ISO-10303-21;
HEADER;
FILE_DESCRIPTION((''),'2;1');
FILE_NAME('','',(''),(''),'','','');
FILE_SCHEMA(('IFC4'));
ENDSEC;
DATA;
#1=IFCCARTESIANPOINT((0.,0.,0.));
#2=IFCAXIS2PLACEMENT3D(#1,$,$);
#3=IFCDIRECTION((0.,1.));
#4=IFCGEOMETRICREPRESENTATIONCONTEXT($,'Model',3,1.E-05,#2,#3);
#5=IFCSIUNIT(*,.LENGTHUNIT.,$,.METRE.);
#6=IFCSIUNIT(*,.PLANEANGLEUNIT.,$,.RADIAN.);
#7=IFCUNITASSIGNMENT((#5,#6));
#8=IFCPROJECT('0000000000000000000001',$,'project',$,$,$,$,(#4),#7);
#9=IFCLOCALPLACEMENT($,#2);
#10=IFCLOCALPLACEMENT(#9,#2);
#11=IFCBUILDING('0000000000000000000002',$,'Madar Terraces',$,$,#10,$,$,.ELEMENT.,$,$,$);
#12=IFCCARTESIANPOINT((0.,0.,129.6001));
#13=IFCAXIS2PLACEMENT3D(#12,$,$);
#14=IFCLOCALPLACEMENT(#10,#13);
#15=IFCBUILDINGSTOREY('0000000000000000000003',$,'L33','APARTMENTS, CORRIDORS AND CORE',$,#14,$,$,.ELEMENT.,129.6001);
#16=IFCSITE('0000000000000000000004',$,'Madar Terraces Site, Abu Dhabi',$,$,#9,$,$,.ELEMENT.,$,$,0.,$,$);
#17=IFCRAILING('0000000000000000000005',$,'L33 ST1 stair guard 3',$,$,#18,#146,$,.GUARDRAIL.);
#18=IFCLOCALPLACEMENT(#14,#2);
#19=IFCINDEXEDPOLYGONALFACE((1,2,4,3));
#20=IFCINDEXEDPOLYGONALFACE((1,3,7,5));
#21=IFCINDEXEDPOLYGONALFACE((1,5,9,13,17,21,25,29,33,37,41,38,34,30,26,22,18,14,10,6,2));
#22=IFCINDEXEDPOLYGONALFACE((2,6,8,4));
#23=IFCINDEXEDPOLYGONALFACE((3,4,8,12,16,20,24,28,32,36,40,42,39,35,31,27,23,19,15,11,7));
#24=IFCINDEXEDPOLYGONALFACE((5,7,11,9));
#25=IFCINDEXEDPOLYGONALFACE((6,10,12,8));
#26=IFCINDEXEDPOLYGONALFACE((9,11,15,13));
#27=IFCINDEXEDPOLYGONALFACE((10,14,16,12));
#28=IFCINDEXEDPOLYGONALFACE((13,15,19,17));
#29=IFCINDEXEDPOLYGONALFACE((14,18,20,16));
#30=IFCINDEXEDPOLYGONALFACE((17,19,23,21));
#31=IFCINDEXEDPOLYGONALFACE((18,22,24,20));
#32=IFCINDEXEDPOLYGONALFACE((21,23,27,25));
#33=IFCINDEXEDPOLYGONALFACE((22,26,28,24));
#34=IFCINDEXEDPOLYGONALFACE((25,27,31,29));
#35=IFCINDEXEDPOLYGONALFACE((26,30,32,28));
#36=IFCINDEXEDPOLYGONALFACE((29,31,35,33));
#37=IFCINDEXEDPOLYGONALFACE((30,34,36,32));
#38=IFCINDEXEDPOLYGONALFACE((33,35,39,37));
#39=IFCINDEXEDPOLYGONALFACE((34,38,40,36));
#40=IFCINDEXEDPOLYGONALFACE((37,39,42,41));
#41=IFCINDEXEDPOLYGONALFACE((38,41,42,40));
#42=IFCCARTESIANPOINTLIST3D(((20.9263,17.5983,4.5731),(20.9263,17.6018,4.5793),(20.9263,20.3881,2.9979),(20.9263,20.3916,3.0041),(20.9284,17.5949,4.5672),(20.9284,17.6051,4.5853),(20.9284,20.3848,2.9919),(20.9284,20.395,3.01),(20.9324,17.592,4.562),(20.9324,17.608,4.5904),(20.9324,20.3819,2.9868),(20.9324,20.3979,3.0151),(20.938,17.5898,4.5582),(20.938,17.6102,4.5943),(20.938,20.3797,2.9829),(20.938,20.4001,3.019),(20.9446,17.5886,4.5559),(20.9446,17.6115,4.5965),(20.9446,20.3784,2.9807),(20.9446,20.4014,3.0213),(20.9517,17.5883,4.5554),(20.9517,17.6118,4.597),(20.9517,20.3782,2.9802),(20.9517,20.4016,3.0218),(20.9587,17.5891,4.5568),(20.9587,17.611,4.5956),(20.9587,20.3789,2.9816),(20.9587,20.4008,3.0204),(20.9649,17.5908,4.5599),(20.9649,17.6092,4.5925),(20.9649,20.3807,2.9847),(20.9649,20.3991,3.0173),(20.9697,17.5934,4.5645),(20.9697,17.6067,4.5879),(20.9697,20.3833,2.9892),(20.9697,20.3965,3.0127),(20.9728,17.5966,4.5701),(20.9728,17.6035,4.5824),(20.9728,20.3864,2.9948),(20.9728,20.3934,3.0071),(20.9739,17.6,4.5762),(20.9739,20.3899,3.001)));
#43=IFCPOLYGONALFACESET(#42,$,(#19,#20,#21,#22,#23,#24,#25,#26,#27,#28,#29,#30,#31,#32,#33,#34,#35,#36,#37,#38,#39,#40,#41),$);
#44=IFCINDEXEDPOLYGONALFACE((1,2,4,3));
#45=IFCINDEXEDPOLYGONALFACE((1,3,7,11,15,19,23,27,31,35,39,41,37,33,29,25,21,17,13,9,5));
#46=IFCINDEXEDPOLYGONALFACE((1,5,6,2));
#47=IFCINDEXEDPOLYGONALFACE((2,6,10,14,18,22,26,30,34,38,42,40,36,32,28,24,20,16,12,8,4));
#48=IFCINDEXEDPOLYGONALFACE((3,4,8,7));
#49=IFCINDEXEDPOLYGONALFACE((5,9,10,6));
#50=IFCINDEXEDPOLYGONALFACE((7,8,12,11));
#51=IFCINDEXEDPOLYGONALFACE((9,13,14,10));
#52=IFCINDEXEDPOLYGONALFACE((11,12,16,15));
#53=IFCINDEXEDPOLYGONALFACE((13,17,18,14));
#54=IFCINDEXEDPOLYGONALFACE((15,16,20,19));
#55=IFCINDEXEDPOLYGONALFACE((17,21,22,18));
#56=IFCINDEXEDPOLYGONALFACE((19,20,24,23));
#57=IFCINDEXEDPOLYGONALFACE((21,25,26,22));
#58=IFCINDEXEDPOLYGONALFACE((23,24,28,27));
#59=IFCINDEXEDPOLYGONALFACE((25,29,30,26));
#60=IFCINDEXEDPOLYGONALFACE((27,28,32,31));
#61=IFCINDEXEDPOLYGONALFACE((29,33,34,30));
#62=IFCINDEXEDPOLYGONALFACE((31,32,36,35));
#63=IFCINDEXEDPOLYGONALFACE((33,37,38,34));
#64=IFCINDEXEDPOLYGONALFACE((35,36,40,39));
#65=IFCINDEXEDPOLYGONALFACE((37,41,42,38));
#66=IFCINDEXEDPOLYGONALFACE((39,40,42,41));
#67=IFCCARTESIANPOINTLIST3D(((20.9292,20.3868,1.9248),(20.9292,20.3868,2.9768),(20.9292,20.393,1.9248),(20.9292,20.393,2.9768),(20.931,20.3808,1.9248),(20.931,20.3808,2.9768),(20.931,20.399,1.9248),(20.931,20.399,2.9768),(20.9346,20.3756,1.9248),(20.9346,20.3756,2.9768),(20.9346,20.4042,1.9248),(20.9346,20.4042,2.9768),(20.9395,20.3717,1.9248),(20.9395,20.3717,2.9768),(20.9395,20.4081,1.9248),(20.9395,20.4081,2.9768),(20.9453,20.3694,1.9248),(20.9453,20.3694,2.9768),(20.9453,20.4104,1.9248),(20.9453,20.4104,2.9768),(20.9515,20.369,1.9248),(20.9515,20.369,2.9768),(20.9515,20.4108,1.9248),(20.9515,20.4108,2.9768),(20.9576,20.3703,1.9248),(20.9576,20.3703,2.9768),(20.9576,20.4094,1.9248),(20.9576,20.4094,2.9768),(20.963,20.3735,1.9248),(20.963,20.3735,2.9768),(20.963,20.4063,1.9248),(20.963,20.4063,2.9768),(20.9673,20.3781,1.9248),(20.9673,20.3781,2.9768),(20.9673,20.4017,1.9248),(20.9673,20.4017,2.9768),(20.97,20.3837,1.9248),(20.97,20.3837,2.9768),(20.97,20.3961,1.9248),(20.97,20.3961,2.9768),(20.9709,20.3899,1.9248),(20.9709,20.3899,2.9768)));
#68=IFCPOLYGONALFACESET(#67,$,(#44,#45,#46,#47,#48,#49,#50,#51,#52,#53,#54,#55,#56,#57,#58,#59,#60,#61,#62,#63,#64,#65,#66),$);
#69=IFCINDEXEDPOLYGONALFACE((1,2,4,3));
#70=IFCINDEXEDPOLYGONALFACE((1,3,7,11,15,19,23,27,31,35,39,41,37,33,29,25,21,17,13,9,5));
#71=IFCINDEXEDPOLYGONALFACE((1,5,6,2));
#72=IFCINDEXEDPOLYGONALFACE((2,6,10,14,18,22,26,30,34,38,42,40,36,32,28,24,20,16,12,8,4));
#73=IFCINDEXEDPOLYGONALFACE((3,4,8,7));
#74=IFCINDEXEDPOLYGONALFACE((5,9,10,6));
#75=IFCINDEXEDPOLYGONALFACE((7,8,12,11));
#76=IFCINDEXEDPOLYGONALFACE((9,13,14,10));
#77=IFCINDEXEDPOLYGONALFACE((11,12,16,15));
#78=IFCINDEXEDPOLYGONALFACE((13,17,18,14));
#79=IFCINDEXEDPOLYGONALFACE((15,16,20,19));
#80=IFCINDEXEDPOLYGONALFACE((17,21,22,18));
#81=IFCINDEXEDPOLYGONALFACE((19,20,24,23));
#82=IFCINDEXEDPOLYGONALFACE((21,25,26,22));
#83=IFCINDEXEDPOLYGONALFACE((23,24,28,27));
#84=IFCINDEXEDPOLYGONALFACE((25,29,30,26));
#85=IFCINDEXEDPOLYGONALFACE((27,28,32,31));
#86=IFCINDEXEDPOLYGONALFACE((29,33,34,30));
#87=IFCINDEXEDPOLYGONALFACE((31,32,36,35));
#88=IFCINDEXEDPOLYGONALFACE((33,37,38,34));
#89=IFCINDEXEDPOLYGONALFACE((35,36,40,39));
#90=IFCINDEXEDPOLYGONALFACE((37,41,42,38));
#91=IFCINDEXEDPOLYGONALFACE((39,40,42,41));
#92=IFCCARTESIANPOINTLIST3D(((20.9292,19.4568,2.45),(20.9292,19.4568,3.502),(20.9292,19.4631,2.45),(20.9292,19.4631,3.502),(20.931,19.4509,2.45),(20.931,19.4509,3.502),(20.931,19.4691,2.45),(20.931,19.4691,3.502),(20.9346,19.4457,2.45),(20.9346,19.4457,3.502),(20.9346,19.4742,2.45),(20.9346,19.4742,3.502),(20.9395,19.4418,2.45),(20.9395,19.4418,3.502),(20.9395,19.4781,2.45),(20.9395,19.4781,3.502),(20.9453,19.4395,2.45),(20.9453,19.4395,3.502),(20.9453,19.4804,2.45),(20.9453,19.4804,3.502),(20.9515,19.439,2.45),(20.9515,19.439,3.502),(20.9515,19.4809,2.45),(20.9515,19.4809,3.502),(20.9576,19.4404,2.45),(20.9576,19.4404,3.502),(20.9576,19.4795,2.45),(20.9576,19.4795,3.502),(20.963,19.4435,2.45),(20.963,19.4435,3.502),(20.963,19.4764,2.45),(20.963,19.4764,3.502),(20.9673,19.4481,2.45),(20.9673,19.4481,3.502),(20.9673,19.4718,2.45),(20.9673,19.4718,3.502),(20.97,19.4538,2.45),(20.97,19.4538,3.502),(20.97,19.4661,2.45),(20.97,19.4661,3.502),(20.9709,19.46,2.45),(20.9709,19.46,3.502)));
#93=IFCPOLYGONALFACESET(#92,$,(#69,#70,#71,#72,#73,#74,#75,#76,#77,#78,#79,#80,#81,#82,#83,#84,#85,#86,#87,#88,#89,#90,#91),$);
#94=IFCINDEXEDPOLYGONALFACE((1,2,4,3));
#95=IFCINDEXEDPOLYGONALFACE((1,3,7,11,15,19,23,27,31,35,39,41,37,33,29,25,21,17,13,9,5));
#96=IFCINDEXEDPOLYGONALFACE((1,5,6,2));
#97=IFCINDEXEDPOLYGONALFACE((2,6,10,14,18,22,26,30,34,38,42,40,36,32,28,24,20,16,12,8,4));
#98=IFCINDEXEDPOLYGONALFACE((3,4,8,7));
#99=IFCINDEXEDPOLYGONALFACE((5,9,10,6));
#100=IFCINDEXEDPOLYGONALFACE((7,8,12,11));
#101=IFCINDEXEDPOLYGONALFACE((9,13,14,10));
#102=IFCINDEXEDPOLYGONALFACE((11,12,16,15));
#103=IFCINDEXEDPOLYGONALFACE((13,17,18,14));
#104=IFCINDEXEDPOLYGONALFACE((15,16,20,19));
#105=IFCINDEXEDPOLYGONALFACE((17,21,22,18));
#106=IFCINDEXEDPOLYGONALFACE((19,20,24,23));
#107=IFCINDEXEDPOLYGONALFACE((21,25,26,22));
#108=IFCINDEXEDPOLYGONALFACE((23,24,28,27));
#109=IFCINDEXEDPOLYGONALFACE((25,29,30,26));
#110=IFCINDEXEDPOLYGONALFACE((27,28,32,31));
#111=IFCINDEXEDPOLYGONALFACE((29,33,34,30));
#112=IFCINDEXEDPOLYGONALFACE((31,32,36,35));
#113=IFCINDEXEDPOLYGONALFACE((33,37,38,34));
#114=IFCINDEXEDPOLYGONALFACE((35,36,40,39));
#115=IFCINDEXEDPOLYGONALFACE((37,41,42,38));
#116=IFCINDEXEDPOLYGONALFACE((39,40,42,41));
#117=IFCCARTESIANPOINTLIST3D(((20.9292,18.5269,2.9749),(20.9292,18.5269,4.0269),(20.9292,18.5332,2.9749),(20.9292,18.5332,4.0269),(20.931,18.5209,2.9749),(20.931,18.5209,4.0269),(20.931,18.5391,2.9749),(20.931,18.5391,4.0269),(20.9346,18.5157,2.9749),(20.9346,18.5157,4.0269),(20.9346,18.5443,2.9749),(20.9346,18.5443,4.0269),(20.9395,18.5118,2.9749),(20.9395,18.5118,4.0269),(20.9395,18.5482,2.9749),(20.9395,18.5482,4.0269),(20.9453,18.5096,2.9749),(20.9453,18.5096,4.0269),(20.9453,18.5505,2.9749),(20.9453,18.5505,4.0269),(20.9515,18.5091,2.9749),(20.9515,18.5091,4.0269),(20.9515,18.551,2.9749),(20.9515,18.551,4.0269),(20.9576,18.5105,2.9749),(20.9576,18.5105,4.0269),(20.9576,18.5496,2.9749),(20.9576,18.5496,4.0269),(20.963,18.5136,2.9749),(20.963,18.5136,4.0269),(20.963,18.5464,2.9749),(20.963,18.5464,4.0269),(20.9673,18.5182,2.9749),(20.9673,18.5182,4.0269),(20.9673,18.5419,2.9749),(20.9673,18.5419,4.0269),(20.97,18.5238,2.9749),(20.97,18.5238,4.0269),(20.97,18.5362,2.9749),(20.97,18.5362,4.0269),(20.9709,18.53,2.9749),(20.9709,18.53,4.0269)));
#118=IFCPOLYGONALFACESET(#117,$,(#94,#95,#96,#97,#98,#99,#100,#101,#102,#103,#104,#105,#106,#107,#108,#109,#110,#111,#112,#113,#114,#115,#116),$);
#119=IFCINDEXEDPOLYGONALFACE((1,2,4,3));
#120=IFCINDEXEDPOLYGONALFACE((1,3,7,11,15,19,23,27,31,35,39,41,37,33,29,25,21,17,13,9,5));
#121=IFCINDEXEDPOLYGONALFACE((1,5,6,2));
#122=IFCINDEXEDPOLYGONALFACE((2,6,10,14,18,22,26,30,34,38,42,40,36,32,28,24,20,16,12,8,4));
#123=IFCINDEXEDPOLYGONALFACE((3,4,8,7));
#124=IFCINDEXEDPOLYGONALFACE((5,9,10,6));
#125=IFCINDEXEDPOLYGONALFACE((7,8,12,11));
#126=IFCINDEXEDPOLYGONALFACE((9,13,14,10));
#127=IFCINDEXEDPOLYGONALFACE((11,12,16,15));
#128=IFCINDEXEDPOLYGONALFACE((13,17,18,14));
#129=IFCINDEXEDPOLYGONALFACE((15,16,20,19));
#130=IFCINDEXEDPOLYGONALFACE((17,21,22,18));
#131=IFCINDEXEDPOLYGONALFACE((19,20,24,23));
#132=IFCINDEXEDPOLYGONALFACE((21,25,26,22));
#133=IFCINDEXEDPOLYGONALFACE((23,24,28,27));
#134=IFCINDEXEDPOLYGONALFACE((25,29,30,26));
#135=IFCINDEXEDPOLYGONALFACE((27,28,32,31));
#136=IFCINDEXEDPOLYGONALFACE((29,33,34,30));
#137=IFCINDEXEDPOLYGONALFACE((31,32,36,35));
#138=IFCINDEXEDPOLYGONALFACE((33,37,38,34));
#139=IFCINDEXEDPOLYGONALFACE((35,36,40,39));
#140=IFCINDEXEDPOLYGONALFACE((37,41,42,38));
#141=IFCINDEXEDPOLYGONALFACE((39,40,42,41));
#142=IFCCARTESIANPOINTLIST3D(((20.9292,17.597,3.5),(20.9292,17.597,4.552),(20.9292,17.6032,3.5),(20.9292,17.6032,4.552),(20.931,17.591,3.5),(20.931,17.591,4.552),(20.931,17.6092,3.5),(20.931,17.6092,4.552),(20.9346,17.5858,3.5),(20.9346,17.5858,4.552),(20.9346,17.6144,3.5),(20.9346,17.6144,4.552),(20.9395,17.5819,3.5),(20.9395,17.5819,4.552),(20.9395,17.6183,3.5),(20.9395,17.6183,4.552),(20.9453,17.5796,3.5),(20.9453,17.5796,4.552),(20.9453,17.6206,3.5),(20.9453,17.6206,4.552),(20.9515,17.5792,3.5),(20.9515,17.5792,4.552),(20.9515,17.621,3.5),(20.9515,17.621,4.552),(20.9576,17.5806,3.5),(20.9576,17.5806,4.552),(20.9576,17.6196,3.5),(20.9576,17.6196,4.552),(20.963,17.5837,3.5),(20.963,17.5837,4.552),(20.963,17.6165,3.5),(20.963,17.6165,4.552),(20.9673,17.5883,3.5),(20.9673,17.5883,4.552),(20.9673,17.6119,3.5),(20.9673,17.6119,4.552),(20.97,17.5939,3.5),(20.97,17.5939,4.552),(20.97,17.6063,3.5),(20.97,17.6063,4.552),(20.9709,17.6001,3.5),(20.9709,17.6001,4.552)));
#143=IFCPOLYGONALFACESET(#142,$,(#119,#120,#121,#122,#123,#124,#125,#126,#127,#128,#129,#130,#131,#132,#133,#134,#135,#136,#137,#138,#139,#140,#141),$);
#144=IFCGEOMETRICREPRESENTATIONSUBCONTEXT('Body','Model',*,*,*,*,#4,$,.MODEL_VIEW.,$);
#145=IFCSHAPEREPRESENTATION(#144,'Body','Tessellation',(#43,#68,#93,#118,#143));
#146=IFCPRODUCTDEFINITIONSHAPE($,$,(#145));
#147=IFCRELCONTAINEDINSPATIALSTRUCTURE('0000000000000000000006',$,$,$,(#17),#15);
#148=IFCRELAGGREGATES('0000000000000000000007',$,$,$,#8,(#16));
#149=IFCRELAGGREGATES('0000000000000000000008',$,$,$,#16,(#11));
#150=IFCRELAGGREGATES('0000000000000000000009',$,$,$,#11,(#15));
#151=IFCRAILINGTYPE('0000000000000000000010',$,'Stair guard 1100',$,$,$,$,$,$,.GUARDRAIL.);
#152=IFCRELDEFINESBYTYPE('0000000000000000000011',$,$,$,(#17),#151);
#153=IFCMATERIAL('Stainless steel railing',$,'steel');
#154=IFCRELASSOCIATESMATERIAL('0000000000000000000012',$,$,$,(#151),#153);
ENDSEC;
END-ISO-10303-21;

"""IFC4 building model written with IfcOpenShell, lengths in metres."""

from ifc_helpers import new_model, si_unit, direction, frame, origin, origin_2d, place, context, subcontext, project, spatial, circle, extrude, material, type_object, element, save


model = new_model("IFC4")

# Units and contexts
model_context = context("Model", 3, precision=1e-05, world=origin(), true_north=direction((0.0, 1.0)))
body_context = subcontext(model_context, "Body", "Model", "MODEL_VIEW")
ifc_project = project(units=[si_unit("LENGTHUNIT", "METRE"), si_unit("PLANEANGLEUNIT", "RADIAN")], contexts=[model_context])

# Site, building, storey
site_placement = place(None, origin())
site = spatial("IfcSite", under=ifc_project, at=site_placement, Name="Madar Terraces Site, Abu Dhabi", CompositionType="ELEMENT", RefElevation=0.0)
building_placement = place(site_placement, origin())
building = spatial("IfcBuilding", under=site, at=building_placement, Name="Madar Terraces", CompositionType="ELEMENT")
storey_placement = place(building_placement, frame((0.0, 0.0, 129.6001)))
storey = spatial("IfcBuildingStorey", under=building, at=storey_placement, Name="L33", Description="APARTMENTS, CORRIDORS AND CORE", CompositionType="ELEMENT", Elevation=129.6001)

# Railing
ifc_material_1 = material(Name="Stainless steel railing", Category="steel")
railing_type_1 = type_object("IfcRailingType", Name="Stair guard 1100", PredefinedType="GUARDRAIL", material=ifc_material_1)
railing_1_placement = place(storey_placement, frame((20.95, 20.3899, 1.9248)))
element("IfcRailing", 1, at=railing_1_placement, inside=storey, type_object=railing_type_1, Name="L33 ST1 stair guard 3", PredefinedType="GUARDRAIL", context=body_context, shape_type="SweptSolid", body=[
    extrude(circle(Radius=0.0239, at=origin_2d()), frame((0.0, 0.0, 1.0762), z_axis=(0.0, -0.870783, 0.491668), x_axis=(1.0, 0.0, 0.0)), (0.0, 0.0, 1.0), 3.2039),
    extrude(circle(Radius=0.021, at=origin_2d()), origin(), (0.0, 0.0, 1.0), 1.052),
    extrude(circle(Radius=0.021, at=origin_2d()), frame((0.0, -0.9299, 0.5251)), (0.0, 0.0, 1.0), 1.052),
    extrude(circle(Radius=0.021, at=origin_2d()), frame((0.0, -1.8599, 1.05)), (0.0, 0.0, 1.0), 1.052),
    extrude(circle(Radius=0.021, at=origin_2d()), frame((0.0, -2.7898, 1.5752)), (0.0, 0.0, 1.0), 1.052),
])

save(model, "model.ifc")
